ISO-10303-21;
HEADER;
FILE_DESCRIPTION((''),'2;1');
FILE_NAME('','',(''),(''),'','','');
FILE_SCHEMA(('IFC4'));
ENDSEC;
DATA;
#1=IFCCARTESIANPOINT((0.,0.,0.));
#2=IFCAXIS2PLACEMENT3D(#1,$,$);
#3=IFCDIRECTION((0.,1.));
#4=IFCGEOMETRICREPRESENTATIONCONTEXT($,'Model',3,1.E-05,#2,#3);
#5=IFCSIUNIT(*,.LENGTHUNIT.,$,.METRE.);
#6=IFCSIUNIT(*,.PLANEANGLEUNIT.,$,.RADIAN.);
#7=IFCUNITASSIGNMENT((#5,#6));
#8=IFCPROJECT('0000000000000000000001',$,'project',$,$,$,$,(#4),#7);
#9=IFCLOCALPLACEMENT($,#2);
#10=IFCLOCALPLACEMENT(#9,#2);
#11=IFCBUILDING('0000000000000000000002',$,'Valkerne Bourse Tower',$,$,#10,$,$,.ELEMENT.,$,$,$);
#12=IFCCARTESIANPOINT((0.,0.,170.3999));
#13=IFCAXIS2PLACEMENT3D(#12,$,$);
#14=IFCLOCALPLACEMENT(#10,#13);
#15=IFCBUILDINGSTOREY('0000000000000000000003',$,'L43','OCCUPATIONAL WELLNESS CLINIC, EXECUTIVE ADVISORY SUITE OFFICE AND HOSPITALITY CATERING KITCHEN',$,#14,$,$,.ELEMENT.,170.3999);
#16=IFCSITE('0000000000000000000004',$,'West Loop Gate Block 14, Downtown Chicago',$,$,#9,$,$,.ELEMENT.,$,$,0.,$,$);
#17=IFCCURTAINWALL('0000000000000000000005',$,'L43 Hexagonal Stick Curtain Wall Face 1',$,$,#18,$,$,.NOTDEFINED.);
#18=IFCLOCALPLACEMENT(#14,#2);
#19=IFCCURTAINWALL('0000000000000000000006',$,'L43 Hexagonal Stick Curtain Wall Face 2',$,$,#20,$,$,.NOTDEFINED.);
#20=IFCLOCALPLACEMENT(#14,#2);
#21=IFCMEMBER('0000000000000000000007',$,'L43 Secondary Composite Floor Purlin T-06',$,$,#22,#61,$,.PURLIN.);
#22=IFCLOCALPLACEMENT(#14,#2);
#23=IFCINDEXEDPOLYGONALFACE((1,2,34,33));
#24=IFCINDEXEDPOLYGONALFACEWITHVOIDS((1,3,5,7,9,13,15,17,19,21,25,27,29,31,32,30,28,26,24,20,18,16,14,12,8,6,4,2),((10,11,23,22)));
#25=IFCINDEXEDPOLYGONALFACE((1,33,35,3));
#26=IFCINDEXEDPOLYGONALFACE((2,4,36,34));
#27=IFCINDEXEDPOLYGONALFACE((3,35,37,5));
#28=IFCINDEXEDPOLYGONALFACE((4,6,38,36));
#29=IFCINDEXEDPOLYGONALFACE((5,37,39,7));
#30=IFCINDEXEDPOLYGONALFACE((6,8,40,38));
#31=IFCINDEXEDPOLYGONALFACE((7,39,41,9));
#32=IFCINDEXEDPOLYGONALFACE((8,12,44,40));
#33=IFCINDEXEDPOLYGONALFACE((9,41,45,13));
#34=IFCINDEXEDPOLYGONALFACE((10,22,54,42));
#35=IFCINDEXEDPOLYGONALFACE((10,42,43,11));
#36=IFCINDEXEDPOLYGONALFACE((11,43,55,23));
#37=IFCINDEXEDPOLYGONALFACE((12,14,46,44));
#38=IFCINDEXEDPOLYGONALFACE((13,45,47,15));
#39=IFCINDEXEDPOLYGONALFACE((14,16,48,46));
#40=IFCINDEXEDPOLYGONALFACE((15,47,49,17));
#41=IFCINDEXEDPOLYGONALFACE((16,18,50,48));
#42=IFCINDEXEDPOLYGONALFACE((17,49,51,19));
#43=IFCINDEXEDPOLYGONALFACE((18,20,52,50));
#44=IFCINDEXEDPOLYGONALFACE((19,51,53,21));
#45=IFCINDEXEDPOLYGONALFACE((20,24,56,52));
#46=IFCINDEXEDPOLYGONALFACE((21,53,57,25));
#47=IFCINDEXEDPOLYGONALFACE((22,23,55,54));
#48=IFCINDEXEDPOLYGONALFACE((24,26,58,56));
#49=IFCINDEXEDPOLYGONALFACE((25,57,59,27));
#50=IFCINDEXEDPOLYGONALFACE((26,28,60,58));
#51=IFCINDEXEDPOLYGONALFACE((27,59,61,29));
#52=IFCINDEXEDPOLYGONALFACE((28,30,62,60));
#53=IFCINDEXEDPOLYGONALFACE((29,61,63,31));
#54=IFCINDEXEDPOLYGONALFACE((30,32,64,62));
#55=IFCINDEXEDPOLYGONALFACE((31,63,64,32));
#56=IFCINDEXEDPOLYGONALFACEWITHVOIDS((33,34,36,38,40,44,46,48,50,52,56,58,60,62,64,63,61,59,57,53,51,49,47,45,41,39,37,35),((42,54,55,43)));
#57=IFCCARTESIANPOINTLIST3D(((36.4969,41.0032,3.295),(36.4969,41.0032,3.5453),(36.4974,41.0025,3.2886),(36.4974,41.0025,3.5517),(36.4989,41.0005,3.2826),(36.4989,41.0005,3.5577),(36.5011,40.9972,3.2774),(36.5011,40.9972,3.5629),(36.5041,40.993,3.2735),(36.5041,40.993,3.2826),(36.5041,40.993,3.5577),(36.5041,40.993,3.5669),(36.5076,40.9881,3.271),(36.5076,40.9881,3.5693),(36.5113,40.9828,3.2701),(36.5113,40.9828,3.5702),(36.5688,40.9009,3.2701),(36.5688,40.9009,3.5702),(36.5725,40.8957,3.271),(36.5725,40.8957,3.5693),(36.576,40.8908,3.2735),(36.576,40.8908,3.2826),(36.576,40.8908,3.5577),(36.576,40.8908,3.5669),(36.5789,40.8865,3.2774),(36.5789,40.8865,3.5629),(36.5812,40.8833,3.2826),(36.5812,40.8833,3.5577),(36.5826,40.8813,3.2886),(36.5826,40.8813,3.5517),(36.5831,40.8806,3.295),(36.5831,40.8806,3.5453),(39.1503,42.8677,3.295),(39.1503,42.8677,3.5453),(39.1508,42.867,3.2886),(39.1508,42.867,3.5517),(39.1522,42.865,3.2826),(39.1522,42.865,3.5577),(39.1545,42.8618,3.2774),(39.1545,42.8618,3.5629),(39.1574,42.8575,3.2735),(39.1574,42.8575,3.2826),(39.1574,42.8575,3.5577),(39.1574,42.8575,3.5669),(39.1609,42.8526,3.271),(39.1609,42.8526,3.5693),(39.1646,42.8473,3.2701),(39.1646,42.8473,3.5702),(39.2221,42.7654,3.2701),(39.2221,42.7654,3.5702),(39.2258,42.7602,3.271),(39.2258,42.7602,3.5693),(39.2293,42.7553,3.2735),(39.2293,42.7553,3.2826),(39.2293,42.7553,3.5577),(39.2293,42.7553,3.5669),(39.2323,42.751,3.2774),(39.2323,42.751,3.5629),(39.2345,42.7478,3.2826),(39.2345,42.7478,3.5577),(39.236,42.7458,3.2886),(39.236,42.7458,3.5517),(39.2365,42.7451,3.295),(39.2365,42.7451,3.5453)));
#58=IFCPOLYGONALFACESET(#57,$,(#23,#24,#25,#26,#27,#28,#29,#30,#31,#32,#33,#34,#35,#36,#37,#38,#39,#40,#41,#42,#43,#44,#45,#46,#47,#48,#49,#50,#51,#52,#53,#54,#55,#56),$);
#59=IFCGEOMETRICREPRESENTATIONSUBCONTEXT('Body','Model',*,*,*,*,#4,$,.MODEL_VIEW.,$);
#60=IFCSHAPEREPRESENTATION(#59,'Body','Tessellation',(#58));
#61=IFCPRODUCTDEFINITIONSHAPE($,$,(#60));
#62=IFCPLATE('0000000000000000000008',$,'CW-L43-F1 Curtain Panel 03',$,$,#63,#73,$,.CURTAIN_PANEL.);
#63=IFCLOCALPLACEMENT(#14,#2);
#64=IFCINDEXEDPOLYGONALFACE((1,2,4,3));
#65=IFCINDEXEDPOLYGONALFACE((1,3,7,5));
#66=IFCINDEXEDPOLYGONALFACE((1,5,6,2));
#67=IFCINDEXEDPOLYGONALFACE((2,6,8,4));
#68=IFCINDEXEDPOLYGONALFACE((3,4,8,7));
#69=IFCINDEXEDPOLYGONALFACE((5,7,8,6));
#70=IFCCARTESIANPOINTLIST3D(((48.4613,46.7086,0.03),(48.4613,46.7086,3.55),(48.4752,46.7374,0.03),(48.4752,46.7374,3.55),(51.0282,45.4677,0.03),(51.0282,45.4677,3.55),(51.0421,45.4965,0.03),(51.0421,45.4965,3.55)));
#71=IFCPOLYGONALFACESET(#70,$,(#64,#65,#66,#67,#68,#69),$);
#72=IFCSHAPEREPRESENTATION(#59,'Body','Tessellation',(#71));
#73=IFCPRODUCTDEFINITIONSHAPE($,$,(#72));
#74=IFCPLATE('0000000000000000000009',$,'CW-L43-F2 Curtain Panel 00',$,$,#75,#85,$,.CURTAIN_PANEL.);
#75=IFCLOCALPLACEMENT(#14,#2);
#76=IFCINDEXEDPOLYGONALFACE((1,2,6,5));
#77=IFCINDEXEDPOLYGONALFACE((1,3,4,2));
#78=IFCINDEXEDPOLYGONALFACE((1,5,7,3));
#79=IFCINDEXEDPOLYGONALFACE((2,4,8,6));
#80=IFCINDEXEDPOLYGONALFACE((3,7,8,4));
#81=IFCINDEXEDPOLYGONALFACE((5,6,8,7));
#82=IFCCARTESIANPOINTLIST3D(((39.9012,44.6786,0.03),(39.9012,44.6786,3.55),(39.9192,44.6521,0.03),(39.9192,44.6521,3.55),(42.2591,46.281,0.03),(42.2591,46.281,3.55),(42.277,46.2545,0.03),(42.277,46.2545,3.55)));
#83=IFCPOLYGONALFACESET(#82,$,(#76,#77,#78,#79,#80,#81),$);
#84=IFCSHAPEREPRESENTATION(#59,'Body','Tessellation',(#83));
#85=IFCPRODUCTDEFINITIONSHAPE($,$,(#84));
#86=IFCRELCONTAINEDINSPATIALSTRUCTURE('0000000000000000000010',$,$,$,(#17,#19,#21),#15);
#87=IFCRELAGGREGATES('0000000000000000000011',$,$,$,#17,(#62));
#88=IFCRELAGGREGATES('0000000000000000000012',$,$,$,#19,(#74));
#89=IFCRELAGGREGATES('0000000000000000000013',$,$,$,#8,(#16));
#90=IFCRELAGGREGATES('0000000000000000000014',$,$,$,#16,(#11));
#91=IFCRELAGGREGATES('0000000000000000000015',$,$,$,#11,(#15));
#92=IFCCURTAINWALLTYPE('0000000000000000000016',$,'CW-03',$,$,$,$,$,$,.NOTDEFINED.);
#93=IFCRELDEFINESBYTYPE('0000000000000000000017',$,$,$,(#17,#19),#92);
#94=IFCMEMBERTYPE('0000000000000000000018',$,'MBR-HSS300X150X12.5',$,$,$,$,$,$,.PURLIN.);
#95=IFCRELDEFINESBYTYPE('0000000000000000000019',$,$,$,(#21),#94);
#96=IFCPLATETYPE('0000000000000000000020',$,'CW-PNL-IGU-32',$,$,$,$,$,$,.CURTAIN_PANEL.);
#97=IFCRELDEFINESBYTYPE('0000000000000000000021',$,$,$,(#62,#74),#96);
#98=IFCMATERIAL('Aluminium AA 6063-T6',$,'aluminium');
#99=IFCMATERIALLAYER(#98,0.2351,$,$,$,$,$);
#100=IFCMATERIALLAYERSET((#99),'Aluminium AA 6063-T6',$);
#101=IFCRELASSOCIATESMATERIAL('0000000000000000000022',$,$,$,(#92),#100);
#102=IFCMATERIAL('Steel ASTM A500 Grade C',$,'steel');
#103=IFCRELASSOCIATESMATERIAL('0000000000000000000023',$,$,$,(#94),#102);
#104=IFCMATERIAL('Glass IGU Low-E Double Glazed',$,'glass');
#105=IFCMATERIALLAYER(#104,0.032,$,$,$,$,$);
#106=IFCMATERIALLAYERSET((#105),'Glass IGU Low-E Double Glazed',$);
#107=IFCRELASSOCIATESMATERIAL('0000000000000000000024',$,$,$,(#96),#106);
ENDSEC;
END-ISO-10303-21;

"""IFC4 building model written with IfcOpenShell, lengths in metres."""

from ifc_helpers import new_model, si_unit, direction, frame, origin, origin_2d, place, context, subcontext, project, spatial, rectangle, hollow_rectangle, extrude, material, layer, layer_set, material_profile, profile_set, type_object, element, aggregate, save


model = new_model("IFC4")

# Units and contexts
model_context = context("Model", 3, precision=1e-05, world=origin(), true_north=direction((0.0, 1.0)))
body_context = subcontext(model_context, "Body", "Model", "MODEL_VIEW")
ifc_project = project(units=[si_unit("LENGTHUNIT", "METRE"), si_unit("PLANEANGLEUNIT", "RADIAN")], contexts=[model_context])

# Site, building, storey
site_placement = place(None, origin())
site = spatial("IfcSite", under=ifc_project, at=site_placement, Name="West Loop Gate Block 14, Downtown Chicago", CompositionType="ELEMENT", RefElevation=0.0)
building_placement = place(site_placement, origin())
building = spatial("IfcBuilding", under=site, at=building_placement, Name="Valkerne Bourse Tower", CompositionType="ELEMENT")
storey_placement = place(building_placement, frame((0.0, 0.0, 170.3999)))
storey = spatial("IfcBuildingStorey", under=building, at=storey_placement, Name="L43", Description="OCCUPATIONAL WELLNESS CLINIC, EXECUTIVE ADVISORY SUITE OFFICE AND HOSPITALITY CATERING KITCHEN", CompositionType="ELEMENT", Elevation=170.3999)

# Curtain wall
ifc_material_1 = material(Name="Aluminium AA 6063-T6", Category="aluminium")
ifc_layer_1 = layer(ifc_material_1, 0.2351)
ifc_layer_set_1 = layer_set([ifc_layer_1], Name="Aluminium AA 6063-T6")
curtain_wall_type = type_object("IfcCurtainWallType", Name="CW-03", PredefinedType="NOTDEFINED", material=ifc_layer_set_1)
curtain_wall_1_placement = place(storey_placement, origin())
curtain_wall_1 = element("IfcCurtainWall", 1, at=curtain_wall_1_placement, inside=storey, type_object=curtain_wall_type, Name="L43 Hexagonal Stick Curtain Wall Face 1", PredefinedType="NOTDEFINED")

# Curtain wall
curtain_wall_2_placement = place(storey_placement, origin())
curtain_wall_2 = element("IfcCurtainWall", 2, at=curtain_wall_2_placement, inside=storey, type_object=curtain_wall_type, Name="L43 Hexagonal Stick Curtain Wall Face 2", PredefinedType="NOTDEFINED")

# Member
ifc_material_2 = material(Name="Steel ASTM A500 Grade C", Category="steel")
ifc_material_profile_1 = material_profile(ifc_material_2, hollow_rectangle(XDim=0.1499, YDim=0.3, WallThickness=0.0125, OuterFilletRadius=0.0249, at=origin_2d()), Name="HSS300X150X12.5")
ifc_profile_set_1 = profile_set([ifc_material_profile_1], Name="Steel ASTM A500 Grade C")
member_type_1 = type_object("IfcMemberType", Name="MBR-HSS300X150X12.5", PredefinedType="PURLIN", material=ifc_profile_set_1)
member_1_placement = place(storey_placement, frame((39.1934, 42.8064, 3.4202), z_axis=(-0.818191, -0.574947, 0.0), x_axis=(0.574947, -0.818191, 0.0)))
element("IfcMember", 3, at=member_1_placement, inside=storey, type_object=member_type_1, Name="L43 Secondary Composite Floor Purlin T-06", PredefinedType="PURLIN", context=body_context, shape_type="SweptSolid", body=[
    extrude(hollow_rectangle(XDim=0.1499, YDim=0.3, WallThickness=0.0125, OuterFilletRadius=0.0249, at=origin_2d()), origin(), (0.0, 0.0, 1.0), 3.2429),
])

# Plates
ifc_material_3 = material(Name="Glass IGU Low-E Double Glazed", Category="glass")
ifc_layer_2 = layer(ifc_material_3, 0.032)
ifc_layer_set_2 = layer_set([ifc_layer_2], Name="Glass IGU Low-E Double Glazed")
plate_type = type_object("IfcPlateType", Name="CW-PNL-IGU-32", PredefinedType="CURTAIN_PANEL", material=ifc_layer_set_2)
plate_1_placement = place(storey_placement, frame((49.7517, 46.1025, 0.03), z_axis=(0.0, 0.0, 1.0), x_axis=(-0.900314, 0.435241, 0.0)))
plate_1 = element("IfcPlate", 4, at=plate_1_placement, type_object=plate_type, Name="CW-L43-F1 Curtain Panel 03", PredefinedType="CURTAIN_PANEL", context=body_context, shape_type="SweptSolid", body=[
    extrude(rectangle(XDim=2.8511, YDim=0.032, at=origin_2d()), origin(), (0.0, 0.0, 1.0), 3.52),
])
aggregate(curtain_wall_1, [plate_1])
plate_2_placement = place(storey_placement, frame((41.0891, 45.4666, 0.03), z_axis=(0.0, 0.0, 1.0), x_axis=(-0.827081, -0.562083, 0.0)))
plate_2 = element("IfcPlate", 5, at=plate_2_placement, type_object=plate_type, Name="CW-L43-F2 Curtain Panel 00", PredefinedType="CURTAIN_PANEL", context=body_context, shape_type="SweptSolid", body=[
    extrude(rectangle(XDim=2.8508, YDim=0.032, at=origin_2d()), origin(), (0.0, 0.0, 1.0), 3.52),
])
aggregate(curtain_wall_2, [plate_2])

save(model, "model.ifc")
